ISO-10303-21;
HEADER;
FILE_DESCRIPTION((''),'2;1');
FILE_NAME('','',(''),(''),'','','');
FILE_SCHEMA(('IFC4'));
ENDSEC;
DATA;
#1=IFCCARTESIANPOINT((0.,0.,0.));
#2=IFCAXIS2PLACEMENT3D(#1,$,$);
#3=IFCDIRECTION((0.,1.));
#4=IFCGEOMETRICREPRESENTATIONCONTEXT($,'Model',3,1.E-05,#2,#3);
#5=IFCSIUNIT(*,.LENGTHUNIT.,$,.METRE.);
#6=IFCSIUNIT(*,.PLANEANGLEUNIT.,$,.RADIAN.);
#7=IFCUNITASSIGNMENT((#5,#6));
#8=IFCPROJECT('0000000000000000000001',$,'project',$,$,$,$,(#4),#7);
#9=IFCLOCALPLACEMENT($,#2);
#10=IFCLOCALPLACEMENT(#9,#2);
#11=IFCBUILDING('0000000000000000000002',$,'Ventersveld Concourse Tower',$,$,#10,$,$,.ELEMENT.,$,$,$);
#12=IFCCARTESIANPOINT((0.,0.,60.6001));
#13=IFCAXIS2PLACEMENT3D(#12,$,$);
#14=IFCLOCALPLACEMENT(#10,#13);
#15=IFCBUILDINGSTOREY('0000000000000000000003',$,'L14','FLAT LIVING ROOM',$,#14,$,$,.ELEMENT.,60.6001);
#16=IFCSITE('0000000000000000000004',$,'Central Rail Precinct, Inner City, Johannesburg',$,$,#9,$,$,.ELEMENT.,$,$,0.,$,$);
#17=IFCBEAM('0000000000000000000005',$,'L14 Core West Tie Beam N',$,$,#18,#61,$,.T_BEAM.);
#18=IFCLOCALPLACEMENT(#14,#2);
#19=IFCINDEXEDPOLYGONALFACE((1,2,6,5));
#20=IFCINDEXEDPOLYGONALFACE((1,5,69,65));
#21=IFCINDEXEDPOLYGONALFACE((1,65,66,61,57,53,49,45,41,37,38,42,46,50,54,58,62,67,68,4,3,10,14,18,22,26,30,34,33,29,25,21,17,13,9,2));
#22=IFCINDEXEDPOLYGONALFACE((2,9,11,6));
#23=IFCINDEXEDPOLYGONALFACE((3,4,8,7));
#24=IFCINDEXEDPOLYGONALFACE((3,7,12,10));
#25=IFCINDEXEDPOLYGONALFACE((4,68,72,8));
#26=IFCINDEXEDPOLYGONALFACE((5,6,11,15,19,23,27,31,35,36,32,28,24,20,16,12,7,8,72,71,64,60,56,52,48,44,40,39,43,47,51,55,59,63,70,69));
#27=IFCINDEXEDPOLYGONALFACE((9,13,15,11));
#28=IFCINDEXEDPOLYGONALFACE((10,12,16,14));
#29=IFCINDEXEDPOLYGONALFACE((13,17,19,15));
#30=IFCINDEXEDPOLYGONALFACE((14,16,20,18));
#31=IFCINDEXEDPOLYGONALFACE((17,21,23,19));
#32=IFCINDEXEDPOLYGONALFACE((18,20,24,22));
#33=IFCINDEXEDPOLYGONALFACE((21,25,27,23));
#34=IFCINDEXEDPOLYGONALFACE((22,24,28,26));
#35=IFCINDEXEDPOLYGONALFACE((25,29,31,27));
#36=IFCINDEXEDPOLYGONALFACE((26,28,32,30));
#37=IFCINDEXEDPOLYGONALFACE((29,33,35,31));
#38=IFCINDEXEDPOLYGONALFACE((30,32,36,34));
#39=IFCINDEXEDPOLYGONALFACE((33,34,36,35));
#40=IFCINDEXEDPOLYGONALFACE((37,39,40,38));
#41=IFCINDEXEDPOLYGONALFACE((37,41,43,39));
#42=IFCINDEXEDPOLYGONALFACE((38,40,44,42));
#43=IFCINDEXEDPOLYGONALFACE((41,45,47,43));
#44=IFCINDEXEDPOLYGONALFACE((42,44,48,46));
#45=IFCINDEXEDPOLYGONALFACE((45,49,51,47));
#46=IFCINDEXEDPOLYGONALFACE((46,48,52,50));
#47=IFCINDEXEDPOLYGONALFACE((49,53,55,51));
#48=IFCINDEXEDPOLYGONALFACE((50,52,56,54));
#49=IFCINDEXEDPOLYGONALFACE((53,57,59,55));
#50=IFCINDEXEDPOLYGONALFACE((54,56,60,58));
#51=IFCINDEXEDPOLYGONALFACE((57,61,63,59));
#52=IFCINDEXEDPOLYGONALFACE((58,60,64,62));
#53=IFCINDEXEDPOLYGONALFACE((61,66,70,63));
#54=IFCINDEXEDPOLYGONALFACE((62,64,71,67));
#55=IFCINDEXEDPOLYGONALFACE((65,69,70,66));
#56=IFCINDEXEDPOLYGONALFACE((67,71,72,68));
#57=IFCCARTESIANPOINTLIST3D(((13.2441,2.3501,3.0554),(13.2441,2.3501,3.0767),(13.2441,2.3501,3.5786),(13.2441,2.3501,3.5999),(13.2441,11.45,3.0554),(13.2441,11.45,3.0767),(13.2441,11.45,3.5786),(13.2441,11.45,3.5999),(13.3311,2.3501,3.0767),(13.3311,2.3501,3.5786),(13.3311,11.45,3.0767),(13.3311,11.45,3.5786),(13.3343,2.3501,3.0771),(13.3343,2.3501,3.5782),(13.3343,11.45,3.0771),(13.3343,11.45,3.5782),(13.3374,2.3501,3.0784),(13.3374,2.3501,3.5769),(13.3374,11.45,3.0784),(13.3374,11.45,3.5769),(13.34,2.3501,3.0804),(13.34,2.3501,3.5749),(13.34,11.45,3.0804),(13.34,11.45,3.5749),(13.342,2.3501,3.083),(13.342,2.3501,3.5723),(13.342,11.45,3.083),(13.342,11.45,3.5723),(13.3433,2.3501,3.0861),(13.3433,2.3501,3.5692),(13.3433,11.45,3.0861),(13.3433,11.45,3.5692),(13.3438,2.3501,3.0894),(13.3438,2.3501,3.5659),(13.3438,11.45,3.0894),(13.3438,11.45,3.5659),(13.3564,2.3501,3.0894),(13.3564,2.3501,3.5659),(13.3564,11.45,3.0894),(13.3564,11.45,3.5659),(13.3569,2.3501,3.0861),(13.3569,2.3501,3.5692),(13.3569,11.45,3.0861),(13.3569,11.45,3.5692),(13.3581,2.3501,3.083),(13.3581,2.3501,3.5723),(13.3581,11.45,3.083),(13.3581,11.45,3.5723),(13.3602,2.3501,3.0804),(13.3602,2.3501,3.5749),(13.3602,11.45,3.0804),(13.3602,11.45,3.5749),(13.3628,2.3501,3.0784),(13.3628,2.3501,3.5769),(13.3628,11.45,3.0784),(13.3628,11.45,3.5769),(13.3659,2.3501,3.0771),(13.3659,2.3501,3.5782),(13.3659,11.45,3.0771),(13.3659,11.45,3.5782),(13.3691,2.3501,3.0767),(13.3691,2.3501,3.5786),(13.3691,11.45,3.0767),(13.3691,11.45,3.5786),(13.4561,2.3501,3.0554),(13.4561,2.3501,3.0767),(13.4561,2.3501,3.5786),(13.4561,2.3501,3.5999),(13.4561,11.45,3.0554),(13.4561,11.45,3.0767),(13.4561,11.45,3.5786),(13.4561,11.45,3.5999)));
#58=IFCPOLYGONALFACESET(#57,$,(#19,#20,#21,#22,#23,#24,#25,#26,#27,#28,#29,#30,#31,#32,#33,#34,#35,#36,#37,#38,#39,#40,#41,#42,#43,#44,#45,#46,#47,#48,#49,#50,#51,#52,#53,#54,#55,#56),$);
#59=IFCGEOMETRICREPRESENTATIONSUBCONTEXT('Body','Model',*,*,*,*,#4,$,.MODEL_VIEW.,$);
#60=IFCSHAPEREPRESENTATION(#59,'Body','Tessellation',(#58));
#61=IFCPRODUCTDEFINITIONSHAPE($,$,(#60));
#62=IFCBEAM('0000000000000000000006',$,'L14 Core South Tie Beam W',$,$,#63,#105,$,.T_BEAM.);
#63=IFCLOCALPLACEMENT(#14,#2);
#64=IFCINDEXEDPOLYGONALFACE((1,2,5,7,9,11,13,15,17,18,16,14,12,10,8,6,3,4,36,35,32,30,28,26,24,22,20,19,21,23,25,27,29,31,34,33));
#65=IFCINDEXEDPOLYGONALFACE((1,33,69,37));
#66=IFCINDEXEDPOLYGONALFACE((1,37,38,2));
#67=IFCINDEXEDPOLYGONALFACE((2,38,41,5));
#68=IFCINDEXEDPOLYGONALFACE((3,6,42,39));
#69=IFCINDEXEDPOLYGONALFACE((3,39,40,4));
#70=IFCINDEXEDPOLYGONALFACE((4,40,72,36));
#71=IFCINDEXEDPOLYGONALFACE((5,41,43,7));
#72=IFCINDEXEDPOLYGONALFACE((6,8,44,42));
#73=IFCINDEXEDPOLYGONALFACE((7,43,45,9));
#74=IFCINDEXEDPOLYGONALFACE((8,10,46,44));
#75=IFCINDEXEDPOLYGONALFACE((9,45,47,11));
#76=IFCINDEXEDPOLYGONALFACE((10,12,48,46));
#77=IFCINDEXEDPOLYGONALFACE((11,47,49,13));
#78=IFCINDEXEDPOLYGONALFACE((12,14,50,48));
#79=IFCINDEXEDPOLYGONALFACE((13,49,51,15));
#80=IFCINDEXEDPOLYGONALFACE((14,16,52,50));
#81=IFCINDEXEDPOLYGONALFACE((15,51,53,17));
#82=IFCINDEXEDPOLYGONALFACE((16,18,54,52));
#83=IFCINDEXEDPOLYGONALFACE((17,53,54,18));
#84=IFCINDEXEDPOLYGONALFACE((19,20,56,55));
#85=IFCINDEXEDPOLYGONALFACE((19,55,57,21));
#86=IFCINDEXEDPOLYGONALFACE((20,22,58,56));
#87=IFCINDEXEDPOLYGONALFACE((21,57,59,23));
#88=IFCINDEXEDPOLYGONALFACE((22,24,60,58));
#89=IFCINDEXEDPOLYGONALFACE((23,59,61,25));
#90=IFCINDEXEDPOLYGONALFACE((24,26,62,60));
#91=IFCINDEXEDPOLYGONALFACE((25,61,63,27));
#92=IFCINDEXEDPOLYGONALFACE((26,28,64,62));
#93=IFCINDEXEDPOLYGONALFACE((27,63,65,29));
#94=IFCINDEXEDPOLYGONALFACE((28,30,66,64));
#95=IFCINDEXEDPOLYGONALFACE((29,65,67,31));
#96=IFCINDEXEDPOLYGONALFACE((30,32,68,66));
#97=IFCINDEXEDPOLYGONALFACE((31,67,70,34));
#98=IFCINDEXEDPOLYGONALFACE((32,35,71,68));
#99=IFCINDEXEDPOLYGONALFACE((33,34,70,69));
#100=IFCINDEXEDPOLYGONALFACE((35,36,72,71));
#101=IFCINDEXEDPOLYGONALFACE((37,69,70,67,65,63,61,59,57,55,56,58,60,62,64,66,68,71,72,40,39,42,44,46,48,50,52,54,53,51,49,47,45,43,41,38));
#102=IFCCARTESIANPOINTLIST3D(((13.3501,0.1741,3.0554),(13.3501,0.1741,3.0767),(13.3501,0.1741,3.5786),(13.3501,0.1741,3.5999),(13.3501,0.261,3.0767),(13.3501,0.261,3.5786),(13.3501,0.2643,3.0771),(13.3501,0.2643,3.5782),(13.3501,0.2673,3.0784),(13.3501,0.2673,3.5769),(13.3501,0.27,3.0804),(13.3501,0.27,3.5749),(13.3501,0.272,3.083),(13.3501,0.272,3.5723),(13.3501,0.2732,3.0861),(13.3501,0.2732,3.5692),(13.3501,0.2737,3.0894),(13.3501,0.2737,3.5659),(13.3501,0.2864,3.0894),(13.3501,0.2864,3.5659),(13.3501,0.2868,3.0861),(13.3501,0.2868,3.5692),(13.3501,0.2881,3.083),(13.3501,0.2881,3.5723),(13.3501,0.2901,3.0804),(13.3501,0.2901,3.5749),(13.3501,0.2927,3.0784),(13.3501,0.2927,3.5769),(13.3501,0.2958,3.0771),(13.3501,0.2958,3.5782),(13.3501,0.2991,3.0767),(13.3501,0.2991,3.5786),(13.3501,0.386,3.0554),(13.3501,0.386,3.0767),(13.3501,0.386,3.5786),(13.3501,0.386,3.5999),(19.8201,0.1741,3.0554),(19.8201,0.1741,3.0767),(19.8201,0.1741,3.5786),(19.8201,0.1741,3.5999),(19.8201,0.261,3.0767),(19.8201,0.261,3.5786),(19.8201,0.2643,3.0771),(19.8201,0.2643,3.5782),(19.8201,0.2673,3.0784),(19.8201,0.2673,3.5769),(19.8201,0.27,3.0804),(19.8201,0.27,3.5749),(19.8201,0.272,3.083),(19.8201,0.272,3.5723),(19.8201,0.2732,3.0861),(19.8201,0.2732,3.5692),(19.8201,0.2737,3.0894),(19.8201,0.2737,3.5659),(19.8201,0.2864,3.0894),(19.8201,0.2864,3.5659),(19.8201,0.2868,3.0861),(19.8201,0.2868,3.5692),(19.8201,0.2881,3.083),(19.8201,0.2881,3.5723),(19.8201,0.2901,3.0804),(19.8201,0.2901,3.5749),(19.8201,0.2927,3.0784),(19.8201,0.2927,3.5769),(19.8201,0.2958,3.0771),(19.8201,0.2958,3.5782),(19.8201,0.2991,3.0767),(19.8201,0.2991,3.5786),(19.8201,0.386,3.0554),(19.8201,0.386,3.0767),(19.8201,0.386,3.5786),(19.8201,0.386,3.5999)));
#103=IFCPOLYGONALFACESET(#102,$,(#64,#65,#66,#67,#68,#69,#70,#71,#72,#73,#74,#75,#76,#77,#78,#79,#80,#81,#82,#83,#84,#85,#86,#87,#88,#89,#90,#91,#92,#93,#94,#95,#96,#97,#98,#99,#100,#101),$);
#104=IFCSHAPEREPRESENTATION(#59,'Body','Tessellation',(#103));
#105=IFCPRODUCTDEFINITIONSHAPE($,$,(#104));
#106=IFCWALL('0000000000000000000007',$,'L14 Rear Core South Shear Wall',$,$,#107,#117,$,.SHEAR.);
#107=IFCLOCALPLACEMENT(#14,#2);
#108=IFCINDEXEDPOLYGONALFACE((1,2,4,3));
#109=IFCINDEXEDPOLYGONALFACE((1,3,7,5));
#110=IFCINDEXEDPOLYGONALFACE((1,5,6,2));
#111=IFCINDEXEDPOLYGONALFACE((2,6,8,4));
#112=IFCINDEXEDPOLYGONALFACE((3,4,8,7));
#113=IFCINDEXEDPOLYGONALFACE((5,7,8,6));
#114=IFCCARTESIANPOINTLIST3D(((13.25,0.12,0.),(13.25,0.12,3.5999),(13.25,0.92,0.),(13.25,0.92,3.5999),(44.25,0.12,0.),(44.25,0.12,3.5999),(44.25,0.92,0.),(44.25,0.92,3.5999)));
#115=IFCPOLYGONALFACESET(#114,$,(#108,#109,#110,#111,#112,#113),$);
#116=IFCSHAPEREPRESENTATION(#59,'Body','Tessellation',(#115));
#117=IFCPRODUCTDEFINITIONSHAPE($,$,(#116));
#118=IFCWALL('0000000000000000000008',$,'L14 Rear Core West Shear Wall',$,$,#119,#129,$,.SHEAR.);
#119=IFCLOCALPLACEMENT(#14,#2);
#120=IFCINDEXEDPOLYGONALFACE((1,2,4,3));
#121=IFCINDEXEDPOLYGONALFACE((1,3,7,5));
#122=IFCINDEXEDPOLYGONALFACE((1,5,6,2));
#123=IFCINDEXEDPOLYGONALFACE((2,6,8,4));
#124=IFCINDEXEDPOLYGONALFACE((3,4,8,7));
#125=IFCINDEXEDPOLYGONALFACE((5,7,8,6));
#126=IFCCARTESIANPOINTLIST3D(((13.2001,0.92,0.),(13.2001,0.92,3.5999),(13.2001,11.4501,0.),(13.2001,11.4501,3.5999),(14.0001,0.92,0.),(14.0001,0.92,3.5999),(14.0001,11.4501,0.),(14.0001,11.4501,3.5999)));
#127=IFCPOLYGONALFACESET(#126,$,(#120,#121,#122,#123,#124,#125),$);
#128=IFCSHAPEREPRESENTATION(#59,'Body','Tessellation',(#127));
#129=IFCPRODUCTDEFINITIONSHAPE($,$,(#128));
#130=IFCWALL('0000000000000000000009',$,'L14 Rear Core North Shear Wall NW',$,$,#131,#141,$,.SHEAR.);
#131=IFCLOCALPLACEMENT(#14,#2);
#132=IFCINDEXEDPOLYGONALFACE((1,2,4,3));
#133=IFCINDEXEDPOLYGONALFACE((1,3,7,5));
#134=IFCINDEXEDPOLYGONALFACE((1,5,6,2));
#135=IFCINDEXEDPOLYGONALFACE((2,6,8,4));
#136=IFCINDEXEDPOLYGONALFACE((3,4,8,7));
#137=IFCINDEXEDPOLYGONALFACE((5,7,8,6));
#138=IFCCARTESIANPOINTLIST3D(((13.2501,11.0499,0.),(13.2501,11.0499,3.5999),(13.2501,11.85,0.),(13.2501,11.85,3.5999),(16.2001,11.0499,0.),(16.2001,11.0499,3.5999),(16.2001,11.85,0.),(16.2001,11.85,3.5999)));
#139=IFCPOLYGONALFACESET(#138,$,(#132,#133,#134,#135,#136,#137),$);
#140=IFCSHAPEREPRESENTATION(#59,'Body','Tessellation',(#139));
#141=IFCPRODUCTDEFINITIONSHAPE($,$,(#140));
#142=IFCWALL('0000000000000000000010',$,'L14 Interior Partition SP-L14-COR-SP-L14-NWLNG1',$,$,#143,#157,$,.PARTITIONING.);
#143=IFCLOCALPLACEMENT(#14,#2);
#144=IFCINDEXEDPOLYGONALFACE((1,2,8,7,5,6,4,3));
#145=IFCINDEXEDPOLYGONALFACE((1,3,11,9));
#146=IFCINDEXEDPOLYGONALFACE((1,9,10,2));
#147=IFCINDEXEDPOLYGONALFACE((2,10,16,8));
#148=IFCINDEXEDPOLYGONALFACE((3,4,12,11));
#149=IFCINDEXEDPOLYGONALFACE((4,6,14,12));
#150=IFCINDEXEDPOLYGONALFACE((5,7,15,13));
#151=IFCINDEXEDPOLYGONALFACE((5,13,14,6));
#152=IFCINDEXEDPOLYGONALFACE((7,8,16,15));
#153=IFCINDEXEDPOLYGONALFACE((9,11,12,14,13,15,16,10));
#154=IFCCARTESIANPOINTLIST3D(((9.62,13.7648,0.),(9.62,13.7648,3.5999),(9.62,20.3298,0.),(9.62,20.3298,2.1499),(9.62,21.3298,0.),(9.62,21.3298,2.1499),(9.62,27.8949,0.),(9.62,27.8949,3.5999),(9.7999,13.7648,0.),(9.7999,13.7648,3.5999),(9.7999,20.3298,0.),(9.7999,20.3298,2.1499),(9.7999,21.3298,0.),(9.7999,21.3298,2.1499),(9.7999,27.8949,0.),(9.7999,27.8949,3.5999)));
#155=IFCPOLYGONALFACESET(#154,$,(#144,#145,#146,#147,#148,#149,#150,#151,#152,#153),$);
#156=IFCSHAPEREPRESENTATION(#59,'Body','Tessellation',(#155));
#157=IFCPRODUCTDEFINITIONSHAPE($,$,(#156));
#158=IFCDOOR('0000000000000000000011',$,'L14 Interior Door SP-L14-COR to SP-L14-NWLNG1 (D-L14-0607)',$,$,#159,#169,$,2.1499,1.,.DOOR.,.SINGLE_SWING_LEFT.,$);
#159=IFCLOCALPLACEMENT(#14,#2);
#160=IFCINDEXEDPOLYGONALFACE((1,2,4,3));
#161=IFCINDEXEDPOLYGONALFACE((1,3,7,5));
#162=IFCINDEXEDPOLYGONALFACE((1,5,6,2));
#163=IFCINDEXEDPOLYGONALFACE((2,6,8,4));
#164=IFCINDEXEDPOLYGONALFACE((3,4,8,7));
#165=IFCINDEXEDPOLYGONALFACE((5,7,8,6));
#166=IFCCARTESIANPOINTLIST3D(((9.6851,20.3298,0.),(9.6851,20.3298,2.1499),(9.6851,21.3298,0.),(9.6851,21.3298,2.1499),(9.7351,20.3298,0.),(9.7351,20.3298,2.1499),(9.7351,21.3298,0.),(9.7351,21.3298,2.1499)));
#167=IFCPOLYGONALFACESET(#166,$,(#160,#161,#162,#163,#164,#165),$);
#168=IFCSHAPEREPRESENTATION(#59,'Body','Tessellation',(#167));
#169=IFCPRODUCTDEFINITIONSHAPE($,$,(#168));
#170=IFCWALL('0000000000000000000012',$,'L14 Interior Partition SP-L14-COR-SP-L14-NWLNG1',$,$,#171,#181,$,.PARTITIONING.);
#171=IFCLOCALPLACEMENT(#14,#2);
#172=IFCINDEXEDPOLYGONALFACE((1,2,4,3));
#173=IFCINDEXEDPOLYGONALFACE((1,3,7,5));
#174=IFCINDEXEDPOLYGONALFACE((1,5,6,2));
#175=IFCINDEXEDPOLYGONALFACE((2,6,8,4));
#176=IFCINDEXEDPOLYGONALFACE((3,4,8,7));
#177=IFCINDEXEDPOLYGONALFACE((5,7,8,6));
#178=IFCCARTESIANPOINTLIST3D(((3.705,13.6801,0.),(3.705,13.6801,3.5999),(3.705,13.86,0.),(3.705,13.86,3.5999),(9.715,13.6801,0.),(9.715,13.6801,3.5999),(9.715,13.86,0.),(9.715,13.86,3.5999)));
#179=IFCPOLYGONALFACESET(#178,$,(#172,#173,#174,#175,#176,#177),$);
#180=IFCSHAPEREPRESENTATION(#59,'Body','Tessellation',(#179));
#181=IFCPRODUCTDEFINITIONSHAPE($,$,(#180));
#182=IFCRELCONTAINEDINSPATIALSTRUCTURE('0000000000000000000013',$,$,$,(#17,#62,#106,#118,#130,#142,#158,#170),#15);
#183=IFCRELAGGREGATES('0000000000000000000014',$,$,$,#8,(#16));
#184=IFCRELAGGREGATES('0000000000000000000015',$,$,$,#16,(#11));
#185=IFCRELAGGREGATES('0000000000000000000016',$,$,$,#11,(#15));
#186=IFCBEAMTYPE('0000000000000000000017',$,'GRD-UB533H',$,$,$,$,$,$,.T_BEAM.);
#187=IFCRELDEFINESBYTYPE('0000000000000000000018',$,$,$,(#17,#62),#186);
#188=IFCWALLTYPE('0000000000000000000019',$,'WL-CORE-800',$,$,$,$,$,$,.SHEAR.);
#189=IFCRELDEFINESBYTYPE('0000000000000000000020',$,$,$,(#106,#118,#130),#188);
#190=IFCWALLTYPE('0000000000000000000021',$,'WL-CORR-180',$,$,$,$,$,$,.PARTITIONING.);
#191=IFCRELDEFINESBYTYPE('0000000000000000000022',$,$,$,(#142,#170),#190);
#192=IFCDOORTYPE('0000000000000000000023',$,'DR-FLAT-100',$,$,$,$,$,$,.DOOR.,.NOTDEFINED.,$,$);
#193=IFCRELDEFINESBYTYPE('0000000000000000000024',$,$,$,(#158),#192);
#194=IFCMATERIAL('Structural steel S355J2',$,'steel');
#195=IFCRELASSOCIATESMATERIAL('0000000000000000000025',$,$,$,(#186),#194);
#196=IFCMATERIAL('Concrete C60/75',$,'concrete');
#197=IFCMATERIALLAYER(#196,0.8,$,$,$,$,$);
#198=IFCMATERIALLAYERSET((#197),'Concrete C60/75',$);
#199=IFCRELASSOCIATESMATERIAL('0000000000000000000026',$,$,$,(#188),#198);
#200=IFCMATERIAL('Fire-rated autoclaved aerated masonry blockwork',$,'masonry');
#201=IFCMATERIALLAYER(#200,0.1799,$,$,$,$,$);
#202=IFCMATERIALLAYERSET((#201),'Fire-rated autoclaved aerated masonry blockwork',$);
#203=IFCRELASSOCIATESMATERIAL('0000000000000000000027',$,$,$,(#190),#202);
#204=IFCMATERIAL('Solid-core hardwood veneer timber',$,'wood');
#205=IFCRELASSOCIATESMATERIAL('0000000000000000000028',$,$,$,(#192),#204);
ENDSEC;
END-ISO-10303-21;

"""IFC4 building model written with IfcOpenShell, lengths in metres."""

from ifc_helpers import new_model, si_unit, direction, frame, frame_2d, origin, origin_2d, place, context, subcontext, project, spatial, rectangle, i_section, extrude, material, layer, layer_set, material_profile, profile_set, type_object, element, fill, save


model = new_model("IFC4")

# Units and contexts
model_context = context("Model", 3, precision=1e-05, world=origin(), true_north=direction((0.0, 1.0)))
body_context = subcontext(model_context, "Body", "Model", "MODEL_VIEW")
ifc_project = project(units=[si_unit("LENGTHUNIT", "METRE"), si_unit("PLANEANGLEUNIT", "RADIAN")], contexts=[model_context])

# Site, building, storey
site_placement = place(None, origin())
site = spatial("IfcSite", under=ifc_project, at=site_placement, Name="Central Rail Precinct, Inner City, Johannesburg", CompositionType="ELEMENT", RefElevation=0.0)
building_placement = place(site_placement, origin())
building = spatial("IfcBuilding", under=site, at=building_placement, Name="Ventersveld Concourse Tower", CompositionType="ELEMENT")
storey_placement = place(building_placement, frame((0.0, 0.0, 60.6001)))
storey = spatial("IfcBuildingStorey", under=building, at=storey_placement, Name="L14", Description="FLAT LIVING ROOM", CompositionType="ELEMENT", Elevation=60.6001)

# Beams
ifc_material_1 = material(Name="Structural steel S355J2", Category="steel")
ifc_material_profile_1 = material_profile(ifc_material_1, i_section(OverallWidth=0.2119, OverallDepth=0.5444, WebThickness=0.0127, FlangeThickness=0.0212, FilletRadius=0.0127, at=origin_2d()), Name="UB 533x210x122")
ifc_profile_set_1 = profile_set([ifc_material_profile_1], Name="Structural steel S355J2")
beam_type_1 = type_object("IfcBeamType", Name="GRD-UB533H", PredefinedType="T_BEAM", material=ifc_profile_set_1)
beam_1_placement = place(storey_placement, frame((13.3501, 2.3501, 3.3276), z_axis=(0.0, 1.0, 0.0), x_axis=(-1.0, 0.0, 0.0)))
element("IfcBeam", 1, at=beam_1_placement, inside=storey, type_object=beam_type_1, Name="L14 Core West Tie Beam N", PredefinedType="T_BEAM", context=body_context, shape_type="SweptSolid", body=[
    extrude(i_section(OverallWidth=0.2119, OverallDepth=0.5444, WebThickness=0.0127, FlangeThickness=0.0212, FilletRadius=0.0127, at=origin_2d()), origin(), (0.0, 0.0, 1.0), 9.0999),
])
beam_2_placement = place(storey_placement, frame((13.3501, 0.28, 3.3276), z_axis=(1.0, 0.0, 0.0), x_axis=(0.0, 1.0, 0.0)))
element("IfcBeam", 2, at=beam_2_placement, inside=storey, type_object=beam_type_1, Name="L14 Core South Tie Beam W", PredefinedType="T_BEAM", context=body_context, shape_type="SweptSolid", body=[
    extrude(i_section(OverallWidth=0.2119, OverallDepth=0.5444, WebThickness=0.0127, FlangeThickness=0.0212, FilletRadius=0.0127, at=origin_2d()), origin(), (0.0, 0.0, 1.0), 6.47),
])

# Walls
ifc_material_2 = material(Name="Concrete C60/75", Category="concrete")
ifc_layer_1 = layer(ifc_material_2, 0.8)
ifc_layer_set_1 = layer_set([ifc_layer_1], Name="Concrete C60/75")
wall_type_1 = type_object("IfcWallType", Name="WL-CORE-800", PredefinedType="SHEAR", material=ifc_layer_set_1)
wall_1_placement = place(storey_placement, frame((13.25, 0.52, 0.0), z_axis=(0.0, 0.0, 1.0), x_axis=(1.0, 0.0, 0.0)))
element("IfcWall", 3, at=wall_1_placement, inside=storey, type_object=wall_type_1, Name="L14 Rear Core South Shear Wall", PredefinedType="SHEAR", context=body_context, shape_type="SweptSolid", body=[
    extrude(rectangle(XDim=31.0, YDim=0.8, at=frame_2d((15.5, 0.0))), origin(), (0.0, 0.0, 1.0), 3.5999),
])
wall_2_placement = place(storey_placement, frame((13.6001, 0.9199, 0.0), z_axis=(0.0, 0.0, 1.0), x_axis=(0.0, 1.0, 0.0)))
element("IfcWall", 4, at=wall_2_placement, inside=storey, type_object=wall_type_1, Name="L14 Rear Core West Shear Wall", PredefinedType="SHEAR", context=body_context, shape_type="SweptSolid", body=[
    extrude(rectangle(XDim=10.53, YDim=0.8, at=frame_2d((5.2651, 0.0))), origin(), (0.0, 0.0, 1.0), 3.5999),
])
wall_3_placement = place(storey_placement, frame((13.25, 11.45, 0.0), z_axis=(0.0, 0.0, 1.0), x_axis=(1.0, 0.0, 0.0)))
element("IfcWall", 5, at=wall_3_placement, inside=storey, type_object=wall_type_1, Name="L14 Rear Core North Shear Wall NW", PredefinedType="SHEAR", context=body_context, shape_type="SweptSolid", body=[
    extrude(rectangle(XDim=2.95, YDim=0.8, at=frame_2d((1.4751, 0.0))), origin(), (0.0, 0.0, 1.0), 3.5999),
])

# Wall, opening, door
ifc_material_3 = material(Name="Fire-rated autoclaved aerated masonry blockwork", Category="masonry")
ifc_layer_2 = layer(ifc_material_3, 0.1799)
ifc_layer_set_2 = layer_set([ifc_layer_2], Name="Fire-rated autoclaved aerated masonry blockwork")
wall_type_2 = type_object("IfcWallType", Name="WL-CORR-180", PredefinedType="PARTITIONING", material=ifc_layer_set_2)
wall_4_placement = place(storey_placement, frame((9.71, 13.7649, 0.0), z_axis=(0.0, 0.0, 1.0), x_axis=(0.0, 1.0, 0.0)))
wall_4 = element("IfcWall", 6, at=wall_4_placement, inside=storey, type_object=wall_type_2, Name="L14 Interior Partition SP-L14-COR-SP-L14-NWLNG1", PredefinedType="PARTITIONING", context=body_context, shape_type="SweptSolid", body=[
    extrude(rectangle(XDim=14.1301, YDim=0.1799, at=frame_2d((7.0649, 0.0))), origin(), (0.0, 0.0, 1.0), 3.5999),
])
opening_1_placement = place(wall_4_placement, frame((6.5649, 0.0, 0.0)))
opening_1 = element("IfcOpeningElement", 7, at=opening_1_placement, cuts=wall_4, PredefinedType="OPENING", context=body_context, shape_type="SweptSolid", body=[
    extrude(rectangle(XDim=1.0, YDim=2.1499, at=frame_2d((0.5, 1.075))), frame((0.0, 0.1001, 0.0), z_axis=(0.0, -1.0, 0.0), x_axis=(1.0, 0.0, 0.0)), (0.0, 0.0, 1.0), 0.2),
])
ifc_material_4 = material(Name="Solid-core hardwood veneer timber", Category="wood")
door_type_1 = type_object("IfcDoorType", Name="DR-FLAT-100", OperationType="NOTDEFINED", PredefinedType="DOOR", material=ifc_material_4)
door_1_placement = place(opening_1_placement, origin())
door_1 = element("IfcDoor", 8, at=door_1_placement, inside=storey, type_object=door_type_1, Name="L14 Interior Door SP-L14-COR to SP-L14-NWLNG1 (D-L14-0607)", OperationType="SINGLE_SWING_LEFT", OverallHeight=2.1499, OverallWidth=1.0, PredefinedType="DOOR", context=body_context, shape_type="SweptSolid", body=[
    extrude(rectangle(XDim=1.0, YDim=2.1499, at=frame_2d((0.5, 1.075))), frame((0.0, 0.0249, 0.0), z_axis=(0.0, -1.0, 0.0), x_axis=(1.0, 0.0, 0.0)), (0.0, 0.0, 1.0), 0.05),
])
fill(opening_1, door_1)

# Wall
wall_5_placement = place(storey_placement, frame((3.7051, 13.77, 0.0), z_axis=(0.0, 0.0, 1.0), x_axis=(1.0, 0.0, 0.0)))
element("IfcWall", 9, at=wall_5_placement, inside=storey, type_object=wall_type_2, Name="L14 Interior Partition SP-L14-COR-SP-L14-NWLNG1", PredefinedType="PARTITIONING", context=body_context, shape_type="SweptSolid", body=[
    extrude(rectangle(XDim=6.01, YDim=0.1799, at=frame_2d((3.0049, 0.0))), origin(), (0.0, 0.0, 1.0), 3.5999),
])

save(model, "model.ifc")
